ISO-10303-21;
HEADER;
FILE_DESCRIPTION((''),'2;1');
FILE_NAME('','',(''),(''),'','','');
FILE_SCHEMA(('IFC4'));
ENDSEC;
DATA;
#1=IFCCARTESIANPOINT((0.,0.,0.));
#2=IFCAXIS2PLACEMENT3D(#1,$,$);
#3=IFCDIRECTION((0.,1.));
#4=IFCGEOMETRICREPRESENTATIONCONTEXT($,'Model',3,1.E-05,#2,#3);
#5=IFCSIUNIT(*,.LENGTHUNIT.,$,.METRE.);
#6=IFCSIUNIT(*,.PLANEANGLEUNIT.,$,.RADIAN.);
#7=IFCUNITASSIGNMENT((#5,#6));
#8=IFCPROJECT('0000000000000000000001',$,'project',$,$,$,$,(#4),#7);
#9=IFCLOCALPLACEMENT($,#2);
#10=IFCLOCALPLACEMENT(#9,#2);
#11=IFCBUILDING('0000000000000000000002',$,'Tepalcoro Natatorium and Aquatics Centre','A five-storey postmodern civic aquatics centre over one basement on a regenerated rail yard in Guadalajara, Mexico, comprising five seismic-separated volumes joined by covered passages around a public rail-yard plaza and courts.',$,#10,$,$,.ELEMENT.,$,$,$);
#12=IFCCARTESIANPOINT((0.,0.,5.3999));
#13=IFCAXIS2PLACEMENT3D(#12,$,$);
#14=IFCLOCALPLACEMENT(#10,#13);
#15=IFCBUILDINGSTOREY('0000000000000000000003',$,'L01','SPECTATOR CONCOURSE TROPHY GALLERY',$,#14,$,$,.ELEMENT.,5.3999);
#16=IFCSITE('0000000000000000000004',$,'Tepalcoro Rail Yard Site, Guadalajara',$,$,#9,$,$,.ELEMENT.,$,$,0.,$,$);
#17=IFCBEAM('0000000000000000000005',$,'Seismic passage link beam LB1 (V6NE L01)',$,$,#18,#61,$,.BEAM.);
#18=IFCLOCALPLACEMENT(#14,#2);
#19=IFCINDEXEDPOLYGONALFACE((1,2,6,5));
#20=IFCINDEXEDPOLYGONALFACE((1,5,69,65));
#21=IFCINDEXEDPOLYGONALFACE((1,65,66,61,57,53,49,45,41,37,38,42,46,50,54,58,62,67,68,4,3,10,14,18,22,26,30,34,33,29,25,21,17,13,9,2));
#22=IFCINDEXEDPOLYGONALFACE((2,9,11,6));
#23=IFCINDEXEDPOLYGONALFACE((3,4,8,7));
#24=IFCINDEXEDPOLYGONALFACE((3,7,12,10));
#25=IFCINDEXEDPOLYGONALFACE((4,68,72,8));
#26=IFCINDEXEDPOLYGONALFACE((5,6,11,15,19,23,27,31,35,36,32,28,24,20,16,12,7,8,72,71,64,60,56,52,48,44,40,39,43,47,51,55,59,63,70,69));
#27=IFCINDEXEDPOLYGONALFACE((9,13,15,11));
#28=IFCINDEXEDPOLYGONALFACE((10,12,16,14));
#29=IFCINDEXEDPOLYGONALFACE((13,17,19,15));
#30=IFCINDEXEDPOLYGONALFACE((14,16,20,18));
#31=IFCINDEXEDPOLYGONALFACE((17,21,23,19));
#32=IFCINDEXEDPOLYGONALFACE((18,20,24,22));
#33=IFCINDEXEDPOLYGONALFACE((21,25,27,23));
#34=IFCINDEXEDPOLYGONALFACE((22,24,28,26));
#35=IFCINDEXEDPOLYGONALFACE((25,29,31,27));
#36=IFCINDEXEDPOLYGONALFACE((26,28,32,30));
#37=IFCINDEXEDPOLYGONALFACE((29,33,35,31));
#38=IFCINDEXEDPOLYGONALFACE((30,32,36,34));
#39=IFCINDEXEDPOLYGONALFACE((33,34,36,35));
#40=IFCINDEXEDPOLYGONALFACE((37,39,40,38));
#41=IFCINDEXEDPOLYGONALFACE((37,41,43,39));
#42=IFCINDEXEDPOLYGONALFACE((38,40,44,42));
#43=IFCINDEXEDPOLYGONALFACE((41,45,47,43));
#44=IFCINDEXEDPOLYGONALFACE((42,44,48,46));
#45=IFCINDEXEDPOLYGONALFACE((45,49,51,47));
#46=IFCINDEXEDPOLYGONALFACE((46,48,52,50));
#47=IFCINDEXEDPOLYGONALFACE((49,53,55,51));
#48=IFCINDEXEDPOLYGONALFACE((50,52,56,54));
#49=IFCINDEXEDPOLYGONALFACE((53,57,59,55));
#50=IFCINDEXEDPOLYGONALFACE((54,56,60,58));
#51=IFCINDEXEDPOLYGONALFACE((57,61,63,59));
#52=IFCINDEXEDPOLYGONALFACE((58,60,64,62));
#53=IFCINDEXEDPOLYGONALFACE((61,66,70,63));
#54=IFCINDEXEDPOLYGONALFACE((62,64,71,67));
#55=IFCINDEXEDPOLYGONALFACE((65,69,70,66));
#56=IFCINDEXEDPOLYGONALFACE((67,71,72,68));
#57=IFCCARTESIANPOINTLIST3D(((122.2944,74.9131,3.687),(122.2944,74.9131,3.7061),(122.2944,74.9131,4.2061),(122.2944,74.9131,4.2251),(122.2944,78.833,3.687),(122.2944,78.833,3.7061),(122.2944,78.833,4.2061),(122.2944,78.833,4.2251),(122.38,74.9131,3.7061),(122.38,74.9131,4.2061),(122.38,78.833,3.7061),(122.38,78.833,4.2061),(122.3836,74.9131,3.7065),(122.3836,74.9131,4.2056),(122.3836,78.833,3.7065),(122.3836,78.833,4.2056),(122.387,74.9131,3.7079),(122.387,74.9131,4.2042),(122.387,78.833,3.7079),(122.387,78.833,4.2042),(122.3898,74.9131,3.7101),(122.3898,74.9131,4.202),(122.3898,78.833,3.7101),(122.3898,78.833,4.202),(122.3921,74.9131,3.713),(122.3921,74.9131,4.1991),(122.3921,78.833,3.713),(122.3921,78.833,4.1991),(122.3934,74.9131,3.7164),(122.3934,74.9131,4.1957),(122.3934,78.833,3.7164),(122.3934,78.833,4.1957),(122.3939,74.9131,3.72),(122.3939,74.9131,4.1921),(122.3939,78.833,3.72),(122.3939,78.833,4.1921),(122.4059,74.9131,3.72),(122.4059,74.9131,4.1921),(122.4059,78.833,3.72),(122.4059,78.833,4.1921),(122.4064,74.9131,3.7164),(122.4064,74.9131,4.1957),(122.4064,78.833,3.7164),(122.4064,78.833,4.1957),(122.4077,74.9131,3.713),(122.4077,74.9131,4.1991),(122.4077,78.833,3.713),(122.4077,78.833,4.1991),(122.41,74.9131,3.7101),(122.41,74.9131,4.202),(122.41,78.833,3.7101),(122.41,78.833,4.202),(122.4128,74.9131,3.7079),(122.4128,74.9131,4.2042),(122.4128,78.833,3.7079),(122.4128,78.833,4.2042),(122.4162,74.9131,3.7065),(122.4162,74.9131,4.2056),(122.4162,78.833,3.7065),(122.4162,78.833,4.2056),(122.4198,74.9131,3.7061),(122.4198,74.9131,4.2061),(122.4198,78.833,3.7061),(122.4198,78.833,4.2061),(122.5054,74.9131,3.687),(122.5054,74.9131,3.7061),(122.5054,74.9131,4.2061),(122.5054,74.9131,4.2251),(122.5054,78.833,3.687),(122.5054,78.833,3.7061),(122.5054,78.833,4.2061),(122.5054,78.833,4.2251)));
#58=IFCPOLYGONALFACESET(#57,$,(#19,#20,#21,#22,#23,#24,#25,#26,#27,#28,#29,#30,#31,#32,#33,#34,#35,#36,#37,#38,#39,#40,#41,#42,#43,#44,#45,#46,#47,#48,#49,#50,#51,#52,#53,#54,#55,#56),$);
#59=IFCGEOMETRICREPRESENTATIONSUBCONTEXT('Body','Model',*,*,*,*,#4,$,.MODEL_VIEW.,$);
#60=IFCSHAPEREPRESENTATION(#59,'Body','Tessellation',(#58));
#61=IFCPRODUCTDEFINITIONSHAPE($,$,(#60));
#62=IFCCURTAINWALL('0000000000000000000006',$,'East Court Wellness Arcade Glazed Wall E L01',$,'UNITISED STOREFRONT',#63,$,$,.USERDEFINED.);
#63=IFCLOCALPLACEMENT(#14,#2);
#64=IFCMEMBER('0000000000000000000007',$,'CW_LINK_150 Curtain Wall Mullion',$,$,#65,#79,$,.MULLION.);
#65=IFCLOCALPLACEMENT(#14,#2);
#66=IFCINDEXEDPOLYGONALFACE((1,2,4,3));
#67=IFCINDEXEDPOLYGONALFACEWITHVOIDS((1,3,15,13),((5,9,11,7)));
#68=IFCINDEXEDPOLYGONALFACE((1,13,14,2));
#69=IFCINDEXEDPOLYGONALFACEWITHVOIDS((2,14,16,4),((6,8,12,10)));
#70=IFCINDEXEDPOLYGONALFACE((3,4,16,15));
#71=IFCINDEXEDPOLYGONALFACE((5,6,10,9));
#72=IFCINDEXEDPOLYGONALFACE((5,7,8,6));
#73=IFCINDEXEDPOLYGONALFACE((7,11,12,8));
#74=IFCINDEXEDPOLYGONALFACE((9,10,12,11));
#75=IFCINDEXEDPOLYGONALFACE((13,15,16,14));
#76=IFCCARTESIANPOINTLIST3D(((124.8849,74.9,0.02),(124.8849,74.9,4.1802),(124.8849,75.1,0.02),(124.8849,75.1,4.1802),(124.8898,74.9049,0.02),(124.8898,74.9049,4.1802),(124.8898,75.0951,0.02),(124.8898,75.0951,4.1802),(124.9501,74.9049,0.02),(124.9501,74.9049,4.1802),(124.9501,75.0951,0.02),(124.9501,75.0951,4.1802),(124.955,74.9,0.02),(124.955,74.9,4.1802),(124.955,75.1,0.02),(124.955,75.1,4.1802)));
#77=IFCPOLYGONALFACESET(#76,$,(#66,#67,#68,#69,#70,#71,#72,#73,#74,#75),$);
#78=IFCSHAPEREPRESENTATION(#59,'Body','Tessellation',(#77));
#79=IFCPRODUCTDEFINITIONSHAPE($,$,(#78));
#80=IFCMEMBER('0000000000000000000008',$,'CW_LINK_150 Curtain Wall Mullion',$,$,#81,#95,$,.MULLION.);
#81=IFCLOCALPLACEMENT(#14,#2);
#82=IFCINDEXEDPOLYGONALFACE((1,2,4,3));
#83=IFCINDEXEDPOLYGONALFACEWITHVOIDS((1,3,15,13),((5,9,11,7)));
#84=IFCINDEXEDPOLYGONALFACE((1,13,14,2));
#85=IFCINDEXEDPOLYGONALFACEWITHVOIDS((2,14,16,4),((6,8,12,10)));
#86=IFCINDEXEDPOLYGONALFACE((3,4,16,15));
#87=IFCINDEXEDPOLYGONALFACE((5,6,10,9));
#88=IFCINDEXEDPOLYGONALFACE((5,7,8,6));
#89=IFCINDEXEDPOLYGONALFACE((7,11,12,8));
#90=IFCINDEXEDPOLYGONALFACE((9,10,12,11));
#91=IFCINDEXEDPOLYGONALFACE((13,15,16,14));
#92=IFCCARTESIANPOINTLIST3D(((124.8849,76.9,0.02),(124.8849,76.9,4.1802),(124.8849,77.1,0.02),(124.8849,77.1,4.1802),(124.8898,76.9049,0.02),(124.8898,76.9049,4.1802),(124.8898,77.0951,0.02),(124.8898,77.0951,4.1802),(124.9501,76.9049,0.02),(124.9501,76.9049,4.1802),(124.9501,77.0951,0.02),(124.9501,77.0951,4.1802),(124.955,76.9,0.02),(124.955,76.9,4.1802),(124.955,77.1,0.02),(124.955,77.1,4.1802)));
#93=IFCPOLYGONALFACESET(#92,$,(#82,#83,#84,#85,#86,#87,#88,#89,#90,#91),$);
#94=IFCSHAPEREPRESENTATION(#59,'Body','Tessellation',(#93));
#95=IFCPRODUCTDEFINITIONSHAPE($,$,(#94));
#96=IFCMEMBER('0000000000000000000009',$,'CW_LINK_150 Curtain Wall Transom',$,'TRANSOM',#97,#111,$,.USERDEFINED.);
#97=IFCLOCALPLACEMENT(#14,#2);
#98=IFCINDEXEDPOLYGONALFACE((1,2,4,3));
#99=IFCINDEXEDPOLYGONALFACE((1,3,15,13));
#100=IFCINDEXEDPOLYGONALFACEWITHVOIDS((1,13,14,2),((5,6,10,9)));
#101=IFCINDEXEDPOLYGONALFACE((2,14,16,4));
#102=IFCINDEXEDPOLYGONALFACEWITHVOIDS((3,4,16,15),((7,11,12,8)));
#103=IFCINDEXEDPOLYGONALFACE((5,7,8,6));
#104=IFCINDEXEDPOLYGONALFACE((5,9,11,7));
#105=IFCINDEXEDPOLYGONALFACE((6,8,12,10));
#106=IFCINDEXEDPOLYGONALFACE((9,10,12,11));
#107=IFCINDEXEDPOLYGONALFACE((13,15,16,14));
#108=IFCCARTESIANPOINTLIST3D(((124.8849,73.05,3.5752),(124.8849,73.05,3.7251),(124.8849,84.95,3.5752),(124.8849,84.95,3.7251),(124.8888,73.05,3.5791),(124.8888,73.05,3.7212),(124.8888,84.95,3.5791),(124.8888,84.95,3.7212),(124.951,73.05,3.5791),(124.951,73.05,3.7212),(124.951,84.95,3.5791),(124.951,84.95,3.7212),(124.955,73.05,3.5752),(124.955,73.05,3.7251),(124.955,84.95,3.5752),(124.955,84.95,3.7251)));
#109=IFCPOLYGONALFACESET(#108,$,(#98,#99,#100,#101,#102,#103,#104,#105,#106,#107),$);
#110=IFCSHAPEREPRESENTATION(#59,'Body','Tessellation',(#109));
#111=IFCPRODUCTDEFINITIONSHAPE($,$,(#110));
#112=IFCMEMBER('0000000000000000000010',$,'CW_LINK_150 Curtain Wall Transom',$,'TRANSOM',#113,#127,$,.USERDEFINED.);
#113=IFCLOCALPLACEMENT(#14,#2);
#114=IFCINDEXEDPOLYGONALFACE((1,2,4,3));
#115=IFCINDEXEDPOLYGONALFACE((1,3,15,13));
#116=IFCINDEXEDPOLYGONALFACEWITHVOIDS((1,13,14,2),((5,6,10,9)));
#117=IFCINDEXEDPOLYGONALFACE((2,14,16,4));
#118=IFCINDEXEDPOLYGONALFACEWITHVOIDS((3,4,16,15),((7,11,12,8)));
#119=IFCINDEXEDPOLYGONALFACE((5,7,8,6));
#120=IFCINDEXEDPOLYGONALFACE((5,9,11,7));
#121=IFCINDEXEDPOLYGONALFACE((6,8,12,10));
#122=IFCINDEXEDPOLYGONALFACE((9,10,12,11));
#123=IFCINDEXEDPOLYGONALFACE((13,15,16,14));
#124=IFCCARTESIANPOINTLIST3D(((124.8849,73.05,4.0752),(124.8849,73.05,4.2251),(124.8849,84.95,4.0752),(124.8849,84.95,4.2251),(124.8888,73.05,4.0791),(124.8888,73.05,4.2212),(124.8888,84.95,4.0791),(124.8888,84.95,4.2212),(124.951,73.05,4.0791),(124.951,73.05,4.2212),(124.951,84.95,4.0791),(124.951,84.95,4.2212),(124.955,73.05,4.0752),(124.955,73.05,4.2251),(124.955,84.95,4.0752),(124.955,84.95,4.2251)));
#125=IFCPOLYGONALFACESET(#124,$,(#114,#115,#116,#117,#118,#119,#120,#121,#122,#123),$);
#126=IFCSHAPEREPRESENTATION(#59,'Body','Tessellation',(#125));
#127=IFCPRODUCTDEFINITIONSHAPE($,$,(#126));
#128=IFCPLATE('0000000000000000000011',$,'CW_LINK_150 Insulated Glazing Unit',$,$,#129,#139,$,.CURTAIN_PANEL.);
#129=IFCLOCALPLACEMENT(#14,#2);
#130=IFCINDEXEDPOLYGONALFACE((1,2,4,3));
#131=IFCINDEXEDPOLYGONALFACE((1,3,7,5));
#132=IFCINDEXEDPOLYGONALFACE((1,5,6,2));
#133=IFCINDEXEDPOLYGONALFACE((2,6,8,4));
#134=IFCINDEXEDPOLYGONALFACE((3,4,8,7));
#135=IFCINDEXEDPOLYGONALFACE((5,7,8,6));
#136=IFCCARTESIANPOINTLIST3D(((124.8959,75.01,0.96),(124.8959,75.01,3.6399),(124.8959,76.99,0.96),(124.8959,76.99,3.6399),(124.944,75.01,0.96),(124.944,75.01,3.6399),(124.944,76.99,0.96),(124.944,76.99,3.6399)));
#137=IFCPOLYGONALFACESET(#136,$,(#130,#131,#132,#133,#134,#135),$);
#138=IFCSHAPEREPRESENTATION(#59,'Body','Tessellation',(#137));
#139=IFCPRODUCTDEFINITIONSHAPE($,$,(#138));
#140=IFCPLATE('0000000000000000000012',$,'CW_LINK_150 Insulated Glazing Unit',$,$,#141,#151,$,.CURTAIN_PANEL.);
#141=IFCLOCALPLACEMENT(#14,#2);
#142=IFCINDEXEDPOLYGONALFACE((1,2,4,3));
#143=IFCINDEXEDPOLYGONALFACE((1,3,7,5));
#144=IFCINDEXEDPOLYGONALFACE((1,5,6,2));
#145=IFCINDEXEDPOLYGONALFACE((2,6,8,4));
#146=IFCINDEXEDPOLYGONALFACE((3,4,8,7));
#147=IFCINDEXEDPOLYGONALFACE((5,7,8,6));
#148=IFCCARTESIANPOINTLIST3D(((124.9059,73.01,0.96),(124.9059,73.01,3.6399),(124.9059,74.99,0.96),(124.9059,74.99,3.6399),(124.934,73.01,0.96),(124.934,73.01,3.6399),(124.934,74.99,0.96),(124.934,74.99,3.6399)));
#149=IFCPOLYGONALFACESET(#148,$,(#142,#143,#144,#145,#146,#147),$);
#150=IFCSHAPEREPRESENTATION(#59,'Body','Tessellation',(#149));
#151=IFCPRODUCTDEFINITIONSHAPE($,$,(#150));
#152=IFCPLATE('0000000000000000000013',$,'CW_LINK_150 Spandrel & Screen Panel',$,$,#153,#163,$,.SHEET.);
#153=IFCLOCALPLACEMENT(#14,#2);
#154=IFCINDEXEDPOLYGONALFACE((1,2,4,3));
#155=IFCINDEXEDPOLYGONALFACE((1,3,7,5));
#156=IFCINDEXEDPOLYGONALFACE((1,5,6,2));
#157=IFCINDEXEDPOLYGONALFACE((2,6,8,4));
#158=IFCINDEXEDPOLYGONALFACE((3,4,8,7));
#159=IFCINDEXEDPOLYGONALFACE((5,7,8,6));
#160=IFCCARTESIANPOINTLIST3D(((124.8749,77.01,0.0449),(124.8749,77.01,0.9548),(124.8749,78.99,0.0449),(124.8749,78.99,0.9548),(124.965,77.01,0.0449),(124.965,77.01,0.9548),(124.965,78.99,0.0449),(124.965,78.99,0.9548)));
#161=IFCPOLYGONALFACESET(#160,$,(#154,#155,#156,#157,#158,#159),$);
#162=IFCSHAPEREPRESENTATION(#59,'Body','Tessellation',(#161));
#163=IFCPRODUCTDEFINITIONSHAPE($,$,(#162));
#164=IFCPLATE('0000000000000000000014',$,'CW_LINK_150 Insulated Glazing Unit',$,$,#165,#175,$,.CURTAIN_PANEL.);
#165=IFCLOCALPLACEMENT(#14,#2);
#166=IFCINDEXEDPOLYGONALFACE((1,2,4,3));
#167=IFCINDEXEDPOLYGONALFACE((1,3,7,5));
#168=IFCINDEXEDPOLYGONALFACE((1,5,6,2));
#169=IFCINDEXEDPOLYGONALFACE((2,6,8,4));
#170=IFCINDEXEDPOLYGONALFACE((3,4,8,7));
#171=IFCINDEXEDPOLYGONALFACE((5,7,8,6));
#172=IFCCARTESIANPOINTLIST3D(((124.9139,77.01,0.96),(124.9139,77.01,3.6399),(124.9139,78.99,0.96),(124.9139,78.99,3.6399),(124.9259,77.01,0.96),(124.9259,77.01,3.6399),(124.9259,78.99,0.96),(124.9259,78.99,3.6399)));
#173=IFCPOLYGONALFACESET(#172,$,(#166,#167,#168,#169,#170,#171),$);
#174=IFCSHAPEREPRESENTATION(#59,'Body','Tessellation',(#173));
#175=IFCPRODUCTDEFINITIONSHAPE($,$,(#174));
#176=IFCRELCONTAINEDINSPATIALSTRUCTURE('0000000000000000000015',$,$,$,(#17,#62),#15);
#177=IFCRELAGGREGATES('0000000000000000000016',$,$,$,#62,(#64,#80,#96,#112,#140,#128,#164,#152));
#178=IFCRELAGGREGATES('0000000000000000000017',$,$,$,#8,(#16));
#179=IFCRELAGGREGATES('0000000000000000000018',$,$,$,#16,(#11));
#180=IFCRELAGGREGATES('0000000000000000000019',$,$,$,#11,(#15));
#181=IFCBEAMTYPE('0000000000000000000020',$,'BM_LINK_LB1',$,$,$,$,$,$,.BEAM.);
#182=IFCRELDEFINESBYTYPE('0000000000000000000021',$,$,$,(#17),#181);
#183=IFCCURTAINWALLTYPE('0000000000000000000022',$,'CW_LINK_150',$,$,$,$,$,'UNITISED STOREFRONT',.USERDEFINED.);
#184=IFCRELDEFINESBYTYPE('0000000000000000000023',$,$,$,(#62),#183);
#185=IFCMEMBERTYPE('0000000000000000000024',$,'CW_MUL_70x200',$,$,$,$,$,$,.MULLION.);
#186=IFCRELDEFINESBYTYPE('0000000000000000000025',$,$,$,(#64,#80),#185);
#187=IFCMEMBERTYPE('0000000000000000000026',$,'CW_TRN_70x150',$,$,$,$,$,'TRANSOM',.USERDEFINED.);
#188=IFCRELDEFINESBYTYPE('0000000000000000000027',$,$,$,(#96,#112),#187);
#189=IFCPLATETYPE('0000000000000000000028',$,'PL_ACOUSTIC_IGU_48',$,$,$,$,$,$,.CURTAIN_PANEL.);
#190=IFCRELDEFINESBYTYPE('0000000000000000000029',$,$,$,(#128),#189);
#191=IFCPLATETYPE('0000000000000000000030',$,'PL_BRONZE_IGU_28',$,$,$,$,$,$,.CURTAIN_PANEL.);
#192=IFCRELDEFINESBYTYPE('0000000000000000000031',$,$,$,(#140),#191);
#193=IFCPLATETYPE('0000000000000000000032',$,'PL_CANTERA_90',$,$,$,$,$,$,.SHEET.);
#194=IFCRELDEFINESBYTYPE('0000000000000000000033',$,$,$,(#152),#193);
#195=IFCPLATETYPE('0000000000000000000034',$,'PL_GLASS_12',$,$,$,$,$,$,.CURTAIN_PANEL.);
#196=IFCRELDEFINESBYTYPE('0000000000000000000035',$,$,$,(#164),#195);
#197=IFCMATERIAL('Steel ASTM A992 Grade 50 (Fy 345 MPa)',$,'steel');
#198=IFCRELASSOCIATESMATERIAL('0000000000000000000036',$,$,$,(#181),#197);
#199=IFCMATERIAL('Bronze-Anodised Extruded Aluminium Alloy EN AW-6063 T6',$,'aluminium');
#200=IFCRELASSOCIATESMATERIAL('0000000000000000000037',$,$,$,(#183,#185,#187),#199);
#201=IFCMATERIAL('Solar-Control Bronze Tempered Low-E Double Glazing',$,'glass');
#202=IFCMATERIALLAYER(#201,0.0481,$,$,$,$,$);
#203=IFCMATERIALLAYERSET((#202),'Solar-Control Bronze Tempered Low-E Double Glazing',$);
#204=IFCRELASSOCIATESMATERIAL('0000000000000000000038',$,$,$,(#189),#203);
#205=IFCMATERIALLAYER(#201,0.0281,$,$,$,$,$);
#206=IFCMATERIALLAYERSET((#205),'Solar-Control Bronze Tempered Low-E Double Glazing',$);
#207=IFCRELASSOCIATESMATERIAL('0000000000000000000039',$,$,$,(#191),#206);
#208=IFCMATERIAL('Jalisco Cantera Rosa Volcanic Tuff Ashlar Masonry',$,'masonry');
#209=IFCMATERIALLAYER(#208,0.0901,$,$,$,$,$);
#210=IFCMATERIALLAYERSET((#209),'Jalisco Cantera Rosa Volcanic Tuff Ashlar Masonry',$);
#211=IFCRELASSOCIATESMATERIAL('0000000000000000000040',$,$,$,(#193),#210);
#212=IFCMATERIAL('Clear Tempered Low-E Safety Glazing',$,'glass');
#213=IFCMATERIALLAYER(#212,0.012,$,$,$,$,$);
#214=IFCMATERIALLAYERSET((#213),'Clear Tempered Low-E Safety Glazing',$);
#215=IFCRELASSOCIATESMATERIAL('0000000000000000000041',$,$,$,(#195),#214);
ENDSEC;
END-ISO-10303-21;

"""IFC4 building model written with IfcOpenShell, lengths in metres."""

from ifc_helpers import new_model, si_unit, direction, frame, origin, origin_2d, place, context, subcontext, project, spatial, rectangle, hollow_rectangle, i_section, extrude, material, layer, layer_set, material_profile, profile_set, type_object, element, aggregate, save


model = new_model("IFC4")

# Units and contexts
model_context = context("Model", 3, precision=1e-05, world=origin(), true_north=direction((0.0, 1.0)))
body_context = subcontext(model_context, "Body", "Model", "MODEL_VIEW")
ifc_project = project(units=[si_unit("LENGTHUNIT", "METRE"), si_unit("PLANEANGLEUNIT", "RADIAN")], contexts=[model_context])

# Site, building, storey
site_placement = place(None, origin())
site = spatial("IfcSite", under=ifc_project, at=site_placement, Name="Tepalcoro Rail Yard Site, Guadalajara", CompositionType="ELEMENT", RefElevation=0.0)
building_placement = place(site_placement, origin())
building = spatial("IfcBuilding", under=site, at=building_placement, Name="Tepalcoro Natatorium and Aquatics Centre", Description="A five-storey postmodern civic aquatics centre over one basement on a regenerated rail yard in Guadalajara, Mexico, comprising five seismic-separated volumes joined by covered passages around a public rail-yard plaza and courts.", CompositionType="ELEMENT")
storey_placement = place(building_placement, frame((0.0, 0.0, 5.3999)))
storey = spatial("IfcBuildingStorey", under=building, at=storey_placement, Name="L01", Description="SPECTATOR CONCOURSE TROPHY GALLERY", CompositionType="ELEMENT", Elevation=5.3999)

# Shared definitions
ifc_material_1 = material(Name="Steel ASTM A992 Grade 50 (Fy 345 MPa)", Category="steel")

# Beam
ifc_material_profile_1 = material_profile(ifc_material_1, i_section(OverallWidth=0.2109, OverallDepth=0.5381, WebThickness=0.012, FlangeThickness=0.019, FilletRadius=0.0139, at=origin_2d()), Name="W21X73")
ifc_profile_set_1 = profile_set([ifc_material_profile_1], Name="Steel ASTM A992 Grade 50 (Fy 345 MPa)")
beam_type = type_object("IfcBeamType", Name="BM_LINK_LB1", PredefinedType="BEAM", material=ifc_profile_set_1)
beam_1_placement = place(storey_placement, frame((122.3999, 74.9131, 3.9561), z_axis=(0.0, 1.0, 0.0), x_axis=(-1.0, 0.0, 0.0)))
element("IfcBeam", 1, at=beam_1_placement, inside=storey, type_object=beam_type, Name="Seismic passage link beam LB1 (V6NE L01)", PredefinedType="BEAM", context=body_context, shape_type="SweptSolid", body=[
    extrude(i_section(OverallWidth=0.2109, OverallDepth=0.5381, WebThickness=0.012, FlangeThickness=0.019, FilletRadius=0.0139, at=origin_2d()), origin(), (0.0, 0.0, 1.0), 3.9199),
])

# Curtain wall, members, plates
ifc_material_2 = material(Name="Bronze-Anodised Extruded Aluminium Alloy EN AW-6063 T6", Category="aluminium")
curtain_wall_type = type_object("IfcCurtainWallType", Name="CW_LINK_150", ElementType="UNITISED STOREFRONT", PredefinedType="USERDEFINED", material=ifc_material_2)
curtain_wall_placement = place(storey_placement, origin())
curtain_wall = element("IfcCurtainWall", 2, at=curtain_wall_placement, inside=storey, type_object=curtain_wall_type, Name="East Court Wellness Arcade Glazed Wall E L01", ObjectType="UNITISED STOREFRONT", PredefinedType="USERDEFINED")
ifc_material_profile_2 = material_profile(ifc_material_2, hollow_rectangle(XDim=0.0701, YDim=0.2, WallThickness=0.0049, at=origin_2d()), Name="AL70X200X5")
ifc_profile_set_2 = profile_set([ifc_material_profile_2], Name="Bronze-Anodised Extruded Aluminium Alloy EN AW-6063 T6")
member_type_1 = type_object("IfcMemberType", Name="CW_MUL_70x200", PredefinedType="MULLION", material=ifc_profile_set_2)
member_1_placement = place(storey_placement, frame((124.9199, 75.0, 0.02), z_axis=(0.0, 0.0, 1.0), x_axis=(1.0, 0.0, 0.0)))
member_1 = element("IfcMember", 3, at=member_1_placement, type_object=member_type_1, Name="CW_LINK_150 Curtain Wall Mullion", PredefinedType="MULLION", context=body_context, shape_type="SweptSolid", body=[
    extrude(hollow_rectangle(XDim=0.0701, YDim=0.2, WallThickness=0.0049, at=origin_2d()), origin(), (0.0, 0.0, 1.0), 4.1602),
])
member_2_placement = place(storey_placement, frame((124.9199, 77.0, 0.02), z_axis=(0.0, 0.0, 1.0), x_axis=(1.0, 0.0, 0.0)))
member_2 = element("IfcMember", 4, at=member_2_placement, type_object=member_type_1, Name="CW_LINK_150 Curtain Wall Mullion", PredefinedType="MULLION", context=body_context, shape_type="SweptSolid", body=[
    extrude(hollow_rectangle(XDim=0.0701, YDim=0.2, WallThickness=0.0049, at=origin_2d()), origin(), (0.0, 0.0, 1.0), 4.1602),
])
ifc_material_profile_3 = material_profile(ifc_material_2, hollow_rectangle(XDim=0.0701, YDim=0.1499, WallThickness=0.0039, at=origin_2d()), Name="AL70X150X4")
ifc_profile_set_3 = profile_set([ifc_material_profile_3], Name="Bronze-Anodised Extruded Aluminium Alloy EN AW-6063 T6")
member_type_2 = type_object("IfcMemberType", Name="CW_TRN_70x150", ElementType="TRANSOM", PredefinedType="USERDEFINED", material=ifc_profile_set_3)
member_3_placement = place(storey_placement, frame((124.9199, 73.05, 3.6501), z_axis=(0.0, 1.0, 0.0), x_axis=(-1.0, 0.0, 0.0)))
member_3 = element("IfcMember", 5, at=member_3_placement, type_object=member_type_2, Name="CW_LINK_150 Curtain Wall Transom", ObjectType="TRANSOM", PredefinedType="USERDEFINED", context=body_context, shape_type="SweptSolid", body=[
    extrude(hollow_rectangle(XDim=0.0701, YDim=0.1499, WallThickness=0.0039, at=origin_2d()), origin(), (0.0, 0.0, 1.0), 11.8999),
])
member_4_placement = place(storey_placement, frame((124.9199, 73.05, 4.1501), z_axis=(0.0, 1.0, 0.0), x_axis=(-1.0, 0.0, 0.0)))
member_4 = element("IfcMember", 6, at=member_4_placement, type_object=member_type_2, Name="CW_LINK_150 Curtain Wall Transom", ObjectType="TRANSOM", PredefinedType="USERDEFINED", context=body_context, shape_type="SweptSolid", body=[
    extrude(hollow_rectangle(XDim=0.0701, YDim=0.1499, WallThickness=0.0039, at=origin_2d()), origin(), (0.0, 0.0, 1.0), 11.8999),
])
ifc_material_3 = material(Name="Solar-Control Bronze Tempered Low-E Double Glazing", Category="glass")
ifc_layer_1 = layer(ifc_material_3, 0.0481)
ifc_layer_set_1 = layer_set([ifc_layer_1], Name="Solar-Control Bronze Tempered Low-E Double Glazing")
plate_type_1 = type_object("IfcPlateType", Name="PL_ACOUSTIC_IGU_48", PredefinedType="CURTAIN_PANEL", material=ifc_layer_set_1)
plate_1_placement = place(storey_placement, frame((124.9199, 76.0, 0.96), z_axis=(0.0, 0.0, 1.0), x_axis=(1.0, 0.0, 0.0)))
plate_1 = element("IfcPlate", 7, at=plate_1_placement, type_object=plate_type_1, Name="CW_LINK_150 Insulated Glazing Unit", PredefinedType="CURTAIN_PANEL", context=body_context, shape_type="SweptSolid", body=[
    extrude(rectangle(XDim=0.0481, YDim=1.98, at=origin_2d()), origin(), (0.0, 0.0, 1.0), 2.6799),
])
ifc_layer_2 = layer(ifc_material_3, 0.0281)
ifc_layer_set_2 = layer_set([ifc_layer_2], Name="Solar-Control Bronze Tempered Low-E Double Glazing")
plate_type_2 = type_object("IfcPlateType", Name="PL_BRONZE_IGU_28", PredefinedType="CURTAIN_PANEL", material=ifc_layer_set_2)
plate_2_placement = place(storey_placement, frame((124.9199, 74.0, 0.96), z_axis=(0.0, 0.0, 1.0), x_axis=(1.0, 0.0, 0.0)))
plate_2 = element("IfcPlate", 8, at=plate_2_placement, type_object=plate_type_2, Name="CW_LINK_150 Insulated Glazing Unit", PredefinedType="CURTAIN_PANEL", context=body_context, shape_type="SweptSolid", body=[
    extrude(rectangle(XDim=0.0281, YDim=1.98, at=origin_2d()), origin(), (0.0, 0.0, 1.0), 2.6799),
])
ifc_material_4 = material(Name="Jalisco Cantera Rosa Volcanic Tuff Ashlar Masonry", Category="masonry")
ifc_layer_3 = layer(ifc_material_4, 0.0901)
ifc_layer_set_3 = layer_set([ifc_layer_3], Name="Jalisco Cantera Rosa Volcanic Tuff Ashlar Masonry")
plate_type_3 = type_object("IfcPlateType", Name="PL_CANTERA_90", PredefinedType="SHEET", material=ifc_layer_set_3)
plate_3_placement = place(storey_placement, frame((124.9199, 78.0, 0.0449), z_axis=(0.0, 0.0, 1.0), x_axis=(1.0, 0.0, 0.0)))
plate_3 = element("IfcPlate", 9, at=plate_3_placement, type_object=plate_type_3, Name="CW_LINK_150 Spandrel & Screen Panel", PredefinedType="SHEET", context=body_context, shape_type="SweptSolid", body=[
    extrude(rectangle(XDim=0.0901, YDim=1.98, at=origin_2d()), origin(), (0.0, 0.0, 1.0), 0.9099),
])
ifc_material_5 = material(Name="Clear Tempered Low-E Safety Glazing", Category="glass")
ifc_layer_4 = layer(ifc_material_5, 0.012)
ifc_layer_set_4 = layer_set([ifc_layer_4], Name="Clear Tempered Low-E Safety Glazing")
plate_type_4 = type_object("IfcPlateType", Name="PL_GLASS_12", PredefinedType="CURTAIN_PANEL", material=ifc_layer_set_4)
plate_4_placement = place(storey_placement, frame((124.9199, 78.0, 0.96), z_axis=(0.0, 0.0, 1.0), x_axis=(1.0, 0.0, 0.0)))
plate_4 = element("IfcPlate", 10, at=plate_4_placement, type_object=plate_type_4, Name="CW_LINK_150 Insulated Glazing Unit", PredefinedType="CURTAIN_PANEL", context=body_context, shape_type="SweptSolid", body=[
    extrude(rectangle(XDim=0.012, YDim=1.98, at=origin_2d()), origin(), (0.0, 0.0, 1.0), 2.6799),
])
aggregate(curtain_wall, [member_1, member_2, member_3, member_4, plate_2, plate_1, plate_4, plate_3])

save(model, "model.ifc")
